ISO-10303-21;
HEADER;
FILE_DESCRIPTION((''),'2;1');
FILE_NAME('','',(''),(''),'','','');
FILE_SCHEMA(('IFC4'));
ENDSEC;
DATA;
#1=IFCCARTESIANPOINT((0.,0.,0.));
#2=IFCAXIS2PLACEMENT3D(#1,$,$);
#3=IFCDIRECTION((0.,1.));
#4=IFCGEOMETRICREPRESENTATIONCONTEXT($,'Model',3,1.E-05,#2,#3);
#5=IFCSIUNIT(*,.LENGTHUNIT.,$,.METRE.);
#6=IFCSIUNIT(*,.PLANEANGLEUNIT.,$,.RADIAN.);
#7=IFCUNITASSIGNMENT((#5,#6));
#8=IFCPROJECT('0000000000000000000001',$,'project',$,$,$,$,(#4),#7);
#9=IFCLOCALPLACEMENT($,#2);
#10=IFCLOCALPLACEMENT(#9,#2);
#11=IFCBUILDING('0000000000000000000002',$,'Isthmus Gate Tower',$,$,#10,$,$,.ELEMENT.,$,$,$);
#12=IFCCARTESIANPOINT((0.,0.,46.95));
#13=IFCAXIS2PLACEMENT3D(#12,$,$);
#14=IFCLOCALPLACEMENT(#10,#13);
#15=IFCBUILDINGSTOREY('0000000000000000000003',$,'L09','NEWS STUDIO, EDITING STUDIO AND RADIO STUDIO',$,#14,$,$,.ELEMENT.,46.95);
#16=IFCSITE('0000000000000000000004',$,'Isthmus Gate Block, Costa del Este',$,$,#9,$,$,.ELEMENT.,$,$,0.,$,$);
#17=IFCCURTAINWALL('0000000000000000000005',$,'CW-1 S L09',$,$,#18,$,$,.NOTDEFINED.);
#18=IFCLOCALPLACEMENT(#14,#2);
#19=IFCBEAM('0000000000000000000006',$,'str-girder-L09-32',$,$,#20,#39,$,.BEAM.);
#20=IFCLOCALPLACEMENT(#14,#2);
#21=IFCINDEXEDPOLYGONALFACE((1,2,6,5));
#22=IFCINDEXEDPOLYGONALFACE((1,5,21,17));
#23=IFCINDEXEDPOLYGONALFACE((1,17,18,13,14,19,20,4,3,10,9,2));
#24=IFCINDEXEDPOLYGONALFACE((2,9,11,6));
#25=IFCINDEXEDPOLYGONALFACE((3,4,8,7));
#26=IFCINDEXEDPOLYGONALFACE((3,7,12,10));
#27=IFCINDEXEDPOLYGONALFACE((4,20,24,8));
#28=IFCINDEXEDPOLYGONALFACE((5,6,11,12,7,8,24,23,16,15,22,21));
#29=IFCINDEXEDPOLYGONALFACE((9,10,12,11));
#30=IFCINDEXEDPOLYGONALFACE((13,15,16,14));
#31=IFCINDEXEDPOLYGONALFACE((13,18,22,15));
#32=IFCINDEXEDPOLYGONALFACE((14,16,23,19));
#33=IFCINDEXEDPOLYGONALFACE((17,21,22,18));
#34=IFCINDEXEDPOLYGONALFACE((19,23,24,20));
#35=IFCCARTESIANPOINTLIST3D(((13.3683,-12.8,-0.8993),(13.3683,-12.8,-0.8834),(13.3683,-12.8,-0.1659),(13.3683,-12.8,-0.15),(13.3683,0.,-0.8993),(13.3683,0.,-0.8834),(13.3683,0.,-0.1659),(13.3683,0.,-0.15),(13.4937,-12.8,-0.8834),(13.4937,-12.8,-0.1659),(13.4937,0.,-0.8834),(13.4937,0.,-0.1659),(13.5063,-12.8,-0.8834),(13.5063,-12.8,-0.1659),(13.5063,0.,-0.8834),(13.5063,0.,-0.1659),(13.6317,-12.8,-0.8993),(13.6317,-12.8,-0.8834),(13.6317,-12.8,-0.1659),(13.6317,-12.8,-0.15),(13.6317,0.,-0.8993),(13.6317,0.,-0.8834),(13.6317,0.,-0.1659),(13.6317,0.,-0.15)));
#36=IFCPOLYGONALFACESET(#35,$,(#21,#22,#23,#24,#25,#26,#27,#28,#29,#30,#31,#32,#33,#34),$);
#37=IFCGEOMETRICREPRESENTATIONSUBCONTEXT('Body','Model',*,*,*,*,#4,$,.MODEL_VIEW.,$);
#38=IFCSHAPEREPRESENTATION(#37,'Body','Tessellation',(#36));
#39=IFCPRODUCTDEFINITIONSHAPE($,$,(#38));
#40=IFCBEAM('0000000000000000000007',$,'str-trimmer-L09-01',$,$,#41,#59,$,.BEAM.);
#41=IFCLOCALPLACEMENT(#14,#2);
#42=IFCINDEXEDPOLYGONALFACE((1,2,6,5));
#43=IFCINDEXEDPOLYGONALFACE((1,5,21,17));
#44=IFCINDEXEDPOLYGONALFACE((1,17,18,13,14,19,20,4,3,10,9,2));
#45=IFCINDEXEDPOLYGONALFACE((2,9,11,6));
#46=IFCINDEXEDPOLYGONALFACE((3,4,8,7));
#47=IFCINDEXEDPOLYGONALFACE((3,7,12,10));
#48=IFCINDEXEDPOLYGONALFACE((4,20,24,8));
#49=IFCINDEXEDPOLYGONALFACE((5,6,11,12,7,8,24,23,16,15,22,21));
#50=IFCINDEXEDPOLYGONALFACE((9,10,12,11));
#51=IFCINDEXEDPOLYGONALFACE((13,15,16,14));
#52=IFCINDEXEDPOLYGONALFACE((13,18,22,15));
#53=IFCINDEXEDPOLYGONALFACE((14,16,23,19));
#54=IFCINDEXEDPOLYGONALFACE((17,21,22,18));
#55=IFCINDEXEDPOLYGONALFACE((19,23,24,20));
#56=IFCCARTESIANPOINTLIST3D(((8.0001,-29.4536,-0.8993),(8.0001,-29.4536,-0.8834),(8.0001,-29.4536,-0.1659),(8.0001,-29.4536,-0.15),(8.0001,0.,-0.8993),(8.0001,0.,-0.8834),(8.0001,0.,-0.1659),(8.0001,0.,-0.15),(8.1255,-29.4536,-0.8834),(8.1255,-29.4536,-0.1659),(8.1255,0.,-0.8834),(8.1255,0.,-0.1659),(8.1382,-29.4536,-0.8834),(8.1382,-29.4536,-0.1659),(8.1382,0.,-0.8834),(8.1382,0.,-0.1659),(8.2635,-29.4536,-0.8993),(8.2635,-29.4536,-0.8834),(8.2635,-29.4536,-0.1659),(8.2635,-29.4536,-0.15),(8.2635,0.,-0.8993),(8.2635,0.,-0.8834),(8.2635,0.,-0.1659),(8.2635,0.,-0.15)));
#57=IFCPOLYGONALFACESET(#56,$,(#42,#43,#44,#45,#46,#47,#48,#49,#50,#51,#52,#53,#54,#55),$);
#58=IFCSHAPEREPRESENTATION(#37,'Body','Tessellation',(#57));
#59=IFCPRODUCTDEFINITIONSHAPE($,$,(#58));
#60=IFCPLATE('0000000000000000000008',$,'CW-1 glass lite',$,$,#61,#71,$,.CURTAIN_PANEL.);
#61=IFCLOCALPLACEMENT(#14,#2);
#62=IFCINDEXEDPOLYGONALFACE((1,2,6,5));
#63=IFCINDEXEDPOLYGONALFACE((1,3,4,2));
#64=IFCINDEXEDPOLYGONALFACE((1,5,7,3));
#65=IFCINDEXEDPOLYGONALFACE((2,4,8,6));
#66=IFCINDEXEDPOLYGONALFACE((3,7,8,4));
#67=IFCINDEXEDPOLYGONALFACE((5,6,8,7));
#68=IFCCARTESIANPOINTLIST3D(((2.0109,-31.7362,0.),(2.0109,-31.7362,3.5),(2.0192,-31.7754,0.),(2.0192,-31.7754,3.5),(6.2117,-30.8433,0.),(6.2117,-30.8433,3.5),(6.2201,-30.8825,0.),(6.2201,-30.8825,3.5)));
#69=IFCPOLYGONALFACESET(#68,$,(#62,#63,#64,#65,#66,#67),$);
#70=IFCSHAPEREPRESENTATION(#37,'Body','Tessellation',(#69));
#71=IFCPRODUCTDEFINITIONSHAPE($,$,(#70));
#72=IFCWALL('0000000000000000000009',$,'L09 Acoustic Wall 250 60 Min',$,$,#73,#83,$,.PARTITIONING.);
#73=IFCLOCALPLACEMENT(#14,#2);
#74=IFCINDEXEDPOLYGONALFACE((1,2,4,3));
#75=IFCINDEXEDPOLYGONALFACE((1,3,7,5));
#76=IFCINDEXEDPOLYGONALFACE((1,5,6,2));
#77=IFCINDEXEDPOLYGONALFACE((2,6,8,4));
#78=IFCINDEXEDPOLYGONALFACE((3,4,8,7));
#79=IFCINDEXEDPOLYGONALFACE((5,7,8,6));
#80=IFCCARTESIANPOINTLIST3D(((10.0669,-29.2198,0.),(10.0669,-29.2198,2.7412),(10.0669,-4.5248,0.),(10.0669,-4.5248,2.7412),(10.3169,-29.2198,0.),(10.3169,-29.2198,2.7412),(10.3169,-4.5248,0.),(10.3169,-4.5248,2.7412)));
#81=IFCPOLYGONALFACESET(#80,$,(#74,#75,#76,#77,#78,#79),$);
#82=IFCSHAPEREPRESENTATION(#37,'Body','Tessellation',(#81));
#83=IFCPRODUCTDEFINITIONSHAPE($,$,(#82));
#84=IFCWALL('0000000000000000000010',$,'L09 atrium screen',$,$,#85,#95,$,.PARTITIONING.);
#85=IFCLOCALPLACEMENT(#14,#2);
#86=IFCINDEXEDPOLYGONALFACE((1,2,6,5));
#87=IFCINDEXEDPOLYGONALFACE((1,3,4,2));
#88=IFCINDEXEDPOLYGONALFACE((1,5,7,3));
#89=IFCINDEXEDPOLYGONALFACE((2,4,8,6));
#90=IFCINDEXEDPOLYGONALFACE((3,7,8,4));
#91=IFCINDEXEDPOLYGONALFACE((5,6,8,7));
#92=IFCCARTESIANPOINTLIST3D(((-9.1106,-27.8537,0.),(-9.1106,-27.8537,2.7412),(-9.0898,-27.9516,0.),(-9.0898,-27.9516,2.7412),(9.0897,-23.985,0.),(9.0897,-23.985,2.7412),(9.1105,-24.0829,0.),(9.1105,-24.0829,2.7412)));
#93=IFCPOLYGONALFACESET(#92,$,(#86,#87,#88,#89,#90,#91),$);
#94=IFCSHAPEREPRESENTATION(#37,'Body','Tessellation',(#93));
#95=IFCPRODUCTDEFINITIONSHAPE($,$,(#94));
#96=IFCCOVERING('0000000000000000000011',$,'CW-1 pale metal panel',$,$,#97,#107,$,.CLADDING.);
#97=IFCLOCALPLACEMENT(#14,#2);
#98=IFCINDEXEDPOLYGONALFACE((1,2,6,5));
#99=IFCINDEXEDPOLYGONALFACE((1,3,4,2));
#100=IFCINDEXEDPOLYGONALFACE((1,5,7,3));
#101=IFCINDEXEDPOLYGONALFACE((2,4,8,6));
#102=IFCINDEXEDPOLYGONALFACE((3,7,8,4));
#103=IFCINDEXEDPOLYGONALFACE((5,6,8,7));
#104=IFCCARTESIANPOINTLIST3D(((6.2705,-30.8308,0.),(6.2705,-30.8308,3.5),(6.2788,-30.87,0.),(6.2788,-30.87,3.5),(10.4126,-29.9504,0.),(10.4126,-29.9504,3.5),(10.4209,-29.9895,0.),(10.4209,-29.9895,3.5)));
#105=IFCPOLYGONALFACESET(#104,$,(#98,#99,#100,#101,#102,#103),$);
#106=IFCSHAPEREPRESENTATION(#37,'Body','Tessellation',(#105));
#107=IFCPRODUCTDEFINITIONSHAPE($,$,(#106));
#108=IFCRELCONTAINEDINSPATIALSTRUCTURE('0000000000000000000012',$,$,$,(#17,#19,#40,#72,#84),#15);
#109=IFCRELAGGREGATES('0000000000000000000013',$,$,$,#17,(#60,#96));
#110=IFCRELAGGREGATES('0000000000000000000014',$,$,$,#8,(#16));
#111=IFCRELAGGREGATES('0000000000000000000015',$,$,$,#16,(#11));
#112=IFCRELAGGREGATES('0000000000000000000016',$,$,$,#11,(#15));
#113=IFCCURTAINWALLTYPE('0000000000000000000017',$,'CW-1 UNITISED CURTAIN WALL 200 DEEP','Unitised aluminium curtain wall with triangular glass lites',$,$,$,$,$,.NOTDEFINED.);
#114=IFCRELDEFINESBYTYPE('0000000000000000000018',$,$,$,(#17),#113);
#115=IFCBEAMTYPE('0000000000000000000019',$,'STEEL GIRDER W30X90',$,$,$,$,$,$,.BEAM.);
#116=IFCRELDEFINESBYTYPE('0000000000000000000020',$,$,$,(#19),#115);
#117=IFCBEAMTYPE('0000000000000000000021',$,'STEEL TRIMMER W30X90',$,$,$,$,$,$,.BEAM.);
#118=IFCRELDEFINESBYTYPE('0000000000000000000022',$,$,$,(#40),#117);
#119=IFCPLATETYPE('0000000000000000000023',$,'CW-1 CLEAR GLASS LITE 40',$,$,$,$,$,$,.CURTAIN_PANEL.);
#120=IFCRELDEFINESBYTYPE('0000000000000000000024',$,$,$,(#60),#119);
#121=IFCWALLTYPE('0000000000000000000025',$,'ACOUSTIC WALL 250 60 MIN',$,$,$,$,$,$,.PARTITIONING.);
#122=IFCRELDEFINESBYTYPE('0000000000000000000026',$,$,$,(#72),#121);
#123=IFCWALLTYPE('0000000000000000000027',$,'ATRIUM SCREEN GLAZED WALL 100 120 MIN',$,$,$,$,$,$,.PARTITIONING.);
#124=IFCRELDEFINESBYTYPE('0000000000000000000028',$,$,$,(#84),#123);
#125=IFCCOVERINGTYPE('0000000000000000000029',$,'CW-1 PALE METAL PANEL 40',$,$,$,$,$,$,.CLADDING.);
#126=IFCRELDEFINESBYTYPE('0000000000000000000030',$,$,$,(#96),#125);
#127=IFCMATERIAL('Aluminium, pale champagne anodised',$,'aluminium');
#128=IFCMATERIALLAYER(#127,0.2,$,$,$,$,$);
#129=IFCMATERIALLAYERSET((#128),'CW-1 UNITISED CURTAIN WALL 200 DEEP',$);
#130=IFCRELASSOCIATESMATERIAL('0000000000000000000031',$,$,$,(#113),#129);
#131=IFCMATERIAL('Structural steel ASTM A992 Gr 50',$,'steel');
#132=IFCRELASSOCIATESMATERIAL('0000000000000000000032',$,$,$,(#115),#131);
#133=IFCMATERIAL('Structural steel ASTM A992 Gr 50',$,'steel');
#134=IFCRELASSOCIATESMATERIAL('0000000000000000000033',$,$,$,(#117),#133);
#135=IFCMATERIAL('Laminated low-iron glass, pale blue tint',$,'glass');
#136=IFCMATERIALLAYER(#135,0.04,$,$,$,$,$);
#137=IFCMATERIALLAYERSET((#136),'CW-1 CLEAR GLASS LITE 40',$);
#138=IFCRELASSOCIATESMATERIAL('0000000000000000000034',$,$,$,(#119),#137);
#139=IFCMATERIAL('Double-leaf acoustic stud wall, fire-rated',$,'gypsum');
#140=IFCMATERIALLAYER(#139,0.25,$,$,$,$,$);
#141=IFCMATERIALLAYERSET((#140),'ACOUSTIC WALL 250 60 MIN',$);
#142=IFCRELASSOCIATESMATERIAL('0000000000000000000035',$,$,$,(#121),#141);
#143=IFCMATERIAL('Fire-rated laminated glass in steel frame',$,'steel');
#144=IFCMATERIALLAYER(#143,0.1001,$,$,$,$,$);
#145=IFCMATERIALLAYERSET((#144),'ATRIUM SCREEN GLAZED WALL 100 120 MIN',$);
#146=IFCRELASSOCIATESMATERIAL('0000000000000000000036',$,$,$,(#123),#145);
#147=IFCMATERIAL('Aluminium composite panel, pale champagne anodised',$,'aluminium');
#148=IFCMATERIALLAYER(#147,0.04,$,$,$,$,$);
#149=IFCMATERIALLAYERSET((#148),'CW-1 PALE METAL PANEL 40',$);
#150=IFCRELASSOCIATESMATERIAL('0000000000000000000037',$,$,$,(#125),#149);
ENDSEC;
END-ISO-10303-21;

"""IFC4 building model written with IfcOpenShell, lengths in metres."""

from ifc_helpers import new_model, si_unit, direction, frame, frame_2d, origin, origin_2d, place, context, subcontext, project, spatial, rectangle, i_section, extrude, material, layer, layer_set, material_profile, profile_set, type_object, element, aggregate, save


model = new_model("IFC4")

# Units and contexts
model_context = context("Model", 3, precision=1e-05, world=origin(), true_north=direction((0.0, 1.0)))
body_context = subcontext(model_context, "Body", "Model", "MODEL_VIEW")
ifc_project = project(units=[si_unit("LENGTHUNIT", "METRE"), si_unit("PLANEANGLEUNIT", "RADIAN")], contexts=[model_context])

# Site, building, storey
site_placement = place(None, origin())
site = spatial("IfcSite", under=ifc_project, at=site_placement, Name="Isthmus Gate Block, Costa del Este", CompositionType="ELEMENT", RefElevation=0.0)
building_placement = place(site_placement, origin())
building = spatial("IfcBuilding", under=site, at=building_placement, Name="Isthmus Gate Tower", CompositionType="ELEMENT")
storey_placement = place(building_placement, frame((0.0, 0.0, 46.95)))
storey = spatial("IfcBuildingStorey", under=building, at=storey_placement, Name="L09", Description="NEWS STUDIO, EDITING STUDIO AND RADIO STUDIO", CompositionType="ELEMENT", Elevation=46.95)

# Curtain wall
ifc_material_1 = material(Name="Aluminium, pale champagne anodised", Category="aluminium")
ifc_layer_1 = layer(ifc_material_1, 0.2)
ifc_layer_set_1 = layer_set([ifc_layer_1], Name="CW-1 UNITISED CURTAIN WALL 200 DEEP")
curtain_wall_type = type_object("IfcCurtainWallType", Name="CW-1 UNITISED CURTAIN WALL 200 DEEP", Description="Unitised aluminium curtain wall with triangular glass lites", PredefinedType="NOTDEFINED", material=ifc_layer_set_1)
curtain_wall_placement = place(storey_placement, origin())
curtain_wall = element("IfcCurtainWall", 1, at=curtain_wall_placement, inside=storey, type_object=curtain_wall_type, Name="CW-1 S L09", PredefinedType="NOTDEFINED")

# Beams
ifc_material_2 = material(Name="Structural steel ASTM A992 Gr 50", Category="steel")
ifc_material_profile_1 = material_profile(ifc_material_2, i_section(OverallWidth=0.2634, OverallDepth=0.7493, WebThickness=0.0127, FlangeThickness=0.0159, at=origin_2d()), Name="W30X90")
ifc_profile_set_1 = profile_set([ifc_material_profile_1], Name="Structural steel ASTM A992 Gr 50")
beam_type_1 = type_object("IfcBeamType", Name="STEEL GIRDER W30X90", PredefinedType="BEAM", material=ifc_profile_set_1)
beam_1_placement = place(storey_placement, frame((13.5, -12.8, -0.5247), z_axis=(0.0, 1.0, 0.0), x_axis=(-1.0, 0.0, 0.0)))
element("IfcBeam", 2, at=beam_1_placement, inside=storey, type_object=beam_type_1, Name="str-girder-L09-32", PredefinedType="BEAM", context=body_context, shape_type="SweptSolid", body=[
    extrude(i_section(OverallWidth=0.2634, OverallDepth=0.7493, WebThickness=0.0127, FlangeThickness=0.0159, at=origin_2d()), origin(), (0.0, 0.0, 1.0), 12.8),
])
ifc_material_3 = material(Name="Structural steel ASTM A992 Gr 50", Category="steel")
ifc_material_profile_2 = material_profile(ifc_material_3, i_section(OverallWidth=0.2634, OverallDepth=0.7493, WebThickness=0.0127, FlangeThickness=0.0159, at=origin_2d()), Name="W30X90")
ifc_profile_set_2 = profile_set([ifc_material_profile_2], Name="Structural steel ASTM A992 Gr 50")
beam_type_2 = type_object("IfcBeamType", Name="STEEL TRIMMER W30X90", PredefinedType="BEAM", material=ifc_profile_set_2)
beam_2_placement = place(storey_placement, frame((8.1318, -29.4536, -0.5247), z_axis=(0.0, 1.0, 0.0), x_axis=(-1.0, 0.0, 0.0)))
element("IfcBeam", 3, at=beam_2_placement, inside=storey, type_object=beam_type_2, Name="str-trimmer-L09-01", PredefinedType="BEAM", context=body_context, shape_type="SweptSolid", body=[
    extrude(i_section(OverallWidth=0.2634, OverallDepth=0.7493, WebThickness=0.0127, FlangeThickness=0.0159, at=origin_2d()), origin(), (0.0, 0.0, 1.0), 29.4536),
])

# Plate
ifc_material_4 = material(Name="Laminated low-iron glass, pale blue tint", Category="glass")
ifc_layer_2 = layer(ifc_material_4, 0.04)
ifc_layer_set_2 = layer_set([ifc_layer_2], Name="CW-1 CLEAR GLASS LITE 40")
plate_type = type_object("IfcPlateType", Name="CW-1 CLEAR GLASS LITE 40", PredefinedType="CURTAIN_PANEL", material=ifc_layer_set_2)
plate_placement = place(storey_placement, frame((4.1155, -31.3093, 0.0), z_axis=(0.0, 0.0, 1.0), x_axis=(0.978148, 0.207912, 0.0)))
plate = element("IfcPlate", 4, at=plate_placement, type_object=plate_type, Name="CW-1 glass lite", PredefinedType="CURTAIN_PANEL", context=body_context, shape_type="SweptSolid", body=[
    extrude(rectangle(XDim=4.2947, YDim=0.04, at=origin_2d()), origin(), (0.0, 0.0, 1.0), 3.5),
])

# Walls
ifc_material_5 = material(Name="Double-leaf acoustic stud wall, fire-rated", Category="gypsum")
ifc_layer_3 = layer(ifc_material_5, 0.25)
ifc_layer_set_3 = layer_set([ifc_layer_3], Name="ACOUSTIC WALL 250 60 MIN")
wall_type_1 = type_object("IfcWallType", Name="ACOUSTIC WALL 250 60 MIN", PredefinedType="PARTITIONING", material=ifc_layer_set_3)
wall_1_placement = place(storey_placement, frame((10.1919, -29.22, 0.0), z_axis=(0.0, 0.0, 1.0), x_axis=(0.0, 1.0, 0.0)))
element("IfcWall", 5, at=wall_1_placement, inside=storey, type_object=wall_type_1, Name="L09 Acoustic Wall 250 60 Min", PredefinedType="PARTITIONING", context=body_context, shape_type="SweptSolid", body=[
    extrude(rectangle(XDim=24.6951, YDim=0.25, at=frame_2d((12.3477, 0.0))), origin(), (0.0, 0.0, 1.0), 2.7412),
])
ifc_material_6 = material(Name="Fire-rated laminated glass in steel frame", Category="steel")
ifc_layer_4 = layer(ifc_material_6, 0.1001)
ifc_layer_set_4 = layer_set([ifc_layer_4], Name="ATRIUM SCREEN GLAZED WALL 100 120 MIN")
wall_type_2 = type_object("IfcWallType", Name="ATRIUM SCREEN GLAZED WALL 100 120 MIN", PredefinedType="PARTITIONING", material=ifc_layer_set_4)
wall_2_placement = place(storey_placement, frame((9.1001, -24.0339, 0.0), z_axis=(0.0, 0.0, 1.0), x_axis=(-0.978147, -0.207916, 0.0)))
element("IfcWall", 6, at=wall_2_placement, inside=storey, type_object=wall_type_2, Name="L09 atrium screen", PredefinedType="PARTITIONING", context=body_context, shape_type="SweptSolid", body=[
    extrude(rectangle(XDim=18.6069, YDim=0.1001, at=frame_2d((9.3035, 0.0))), origin(), (0.0, 0.0, 1.0), 2.7412),
])

# Covering
ifc_material_7 = material(Name="Aluminium composite panel, pale champagne anodised", Category="aluminium")
ifc_layer_5 = layer(ifc_material_7, 0.04)
ifc_layer_set_5 = layer_set([ifc_layer_5], Name="CW-1 PALE METAL PANEL 40")
covering_type = type_object("IfcCoveringType", Name="CW-1 PALE METAL PANEL 40", PredefinedType="CLADDING", material=ifc_layer_set_5)
covering_placement = place(storey_placement, frame((8.3457, -30.4102, 0.0), z_axis=(0.0, 0.0, 1.0), x_axis=(0.978148, 0.207912, 0.0)))
covering = element("IfcCovering", 7, at=covering_placement, type_object=covering_type, Name="CW-1 pale metal panel", PredefinedType="CLADDING", context=body_context, shape_type="SweptSolid", body=[
    extrude(rectangle(XDim=4.2346, YDim=0.04, at=origin_2d()), origin(), (0.0, 0.0, 1.0), 3.5),
])
aggregate(curtain_wall, [plate, covering])

save(model, "model.ifc")
